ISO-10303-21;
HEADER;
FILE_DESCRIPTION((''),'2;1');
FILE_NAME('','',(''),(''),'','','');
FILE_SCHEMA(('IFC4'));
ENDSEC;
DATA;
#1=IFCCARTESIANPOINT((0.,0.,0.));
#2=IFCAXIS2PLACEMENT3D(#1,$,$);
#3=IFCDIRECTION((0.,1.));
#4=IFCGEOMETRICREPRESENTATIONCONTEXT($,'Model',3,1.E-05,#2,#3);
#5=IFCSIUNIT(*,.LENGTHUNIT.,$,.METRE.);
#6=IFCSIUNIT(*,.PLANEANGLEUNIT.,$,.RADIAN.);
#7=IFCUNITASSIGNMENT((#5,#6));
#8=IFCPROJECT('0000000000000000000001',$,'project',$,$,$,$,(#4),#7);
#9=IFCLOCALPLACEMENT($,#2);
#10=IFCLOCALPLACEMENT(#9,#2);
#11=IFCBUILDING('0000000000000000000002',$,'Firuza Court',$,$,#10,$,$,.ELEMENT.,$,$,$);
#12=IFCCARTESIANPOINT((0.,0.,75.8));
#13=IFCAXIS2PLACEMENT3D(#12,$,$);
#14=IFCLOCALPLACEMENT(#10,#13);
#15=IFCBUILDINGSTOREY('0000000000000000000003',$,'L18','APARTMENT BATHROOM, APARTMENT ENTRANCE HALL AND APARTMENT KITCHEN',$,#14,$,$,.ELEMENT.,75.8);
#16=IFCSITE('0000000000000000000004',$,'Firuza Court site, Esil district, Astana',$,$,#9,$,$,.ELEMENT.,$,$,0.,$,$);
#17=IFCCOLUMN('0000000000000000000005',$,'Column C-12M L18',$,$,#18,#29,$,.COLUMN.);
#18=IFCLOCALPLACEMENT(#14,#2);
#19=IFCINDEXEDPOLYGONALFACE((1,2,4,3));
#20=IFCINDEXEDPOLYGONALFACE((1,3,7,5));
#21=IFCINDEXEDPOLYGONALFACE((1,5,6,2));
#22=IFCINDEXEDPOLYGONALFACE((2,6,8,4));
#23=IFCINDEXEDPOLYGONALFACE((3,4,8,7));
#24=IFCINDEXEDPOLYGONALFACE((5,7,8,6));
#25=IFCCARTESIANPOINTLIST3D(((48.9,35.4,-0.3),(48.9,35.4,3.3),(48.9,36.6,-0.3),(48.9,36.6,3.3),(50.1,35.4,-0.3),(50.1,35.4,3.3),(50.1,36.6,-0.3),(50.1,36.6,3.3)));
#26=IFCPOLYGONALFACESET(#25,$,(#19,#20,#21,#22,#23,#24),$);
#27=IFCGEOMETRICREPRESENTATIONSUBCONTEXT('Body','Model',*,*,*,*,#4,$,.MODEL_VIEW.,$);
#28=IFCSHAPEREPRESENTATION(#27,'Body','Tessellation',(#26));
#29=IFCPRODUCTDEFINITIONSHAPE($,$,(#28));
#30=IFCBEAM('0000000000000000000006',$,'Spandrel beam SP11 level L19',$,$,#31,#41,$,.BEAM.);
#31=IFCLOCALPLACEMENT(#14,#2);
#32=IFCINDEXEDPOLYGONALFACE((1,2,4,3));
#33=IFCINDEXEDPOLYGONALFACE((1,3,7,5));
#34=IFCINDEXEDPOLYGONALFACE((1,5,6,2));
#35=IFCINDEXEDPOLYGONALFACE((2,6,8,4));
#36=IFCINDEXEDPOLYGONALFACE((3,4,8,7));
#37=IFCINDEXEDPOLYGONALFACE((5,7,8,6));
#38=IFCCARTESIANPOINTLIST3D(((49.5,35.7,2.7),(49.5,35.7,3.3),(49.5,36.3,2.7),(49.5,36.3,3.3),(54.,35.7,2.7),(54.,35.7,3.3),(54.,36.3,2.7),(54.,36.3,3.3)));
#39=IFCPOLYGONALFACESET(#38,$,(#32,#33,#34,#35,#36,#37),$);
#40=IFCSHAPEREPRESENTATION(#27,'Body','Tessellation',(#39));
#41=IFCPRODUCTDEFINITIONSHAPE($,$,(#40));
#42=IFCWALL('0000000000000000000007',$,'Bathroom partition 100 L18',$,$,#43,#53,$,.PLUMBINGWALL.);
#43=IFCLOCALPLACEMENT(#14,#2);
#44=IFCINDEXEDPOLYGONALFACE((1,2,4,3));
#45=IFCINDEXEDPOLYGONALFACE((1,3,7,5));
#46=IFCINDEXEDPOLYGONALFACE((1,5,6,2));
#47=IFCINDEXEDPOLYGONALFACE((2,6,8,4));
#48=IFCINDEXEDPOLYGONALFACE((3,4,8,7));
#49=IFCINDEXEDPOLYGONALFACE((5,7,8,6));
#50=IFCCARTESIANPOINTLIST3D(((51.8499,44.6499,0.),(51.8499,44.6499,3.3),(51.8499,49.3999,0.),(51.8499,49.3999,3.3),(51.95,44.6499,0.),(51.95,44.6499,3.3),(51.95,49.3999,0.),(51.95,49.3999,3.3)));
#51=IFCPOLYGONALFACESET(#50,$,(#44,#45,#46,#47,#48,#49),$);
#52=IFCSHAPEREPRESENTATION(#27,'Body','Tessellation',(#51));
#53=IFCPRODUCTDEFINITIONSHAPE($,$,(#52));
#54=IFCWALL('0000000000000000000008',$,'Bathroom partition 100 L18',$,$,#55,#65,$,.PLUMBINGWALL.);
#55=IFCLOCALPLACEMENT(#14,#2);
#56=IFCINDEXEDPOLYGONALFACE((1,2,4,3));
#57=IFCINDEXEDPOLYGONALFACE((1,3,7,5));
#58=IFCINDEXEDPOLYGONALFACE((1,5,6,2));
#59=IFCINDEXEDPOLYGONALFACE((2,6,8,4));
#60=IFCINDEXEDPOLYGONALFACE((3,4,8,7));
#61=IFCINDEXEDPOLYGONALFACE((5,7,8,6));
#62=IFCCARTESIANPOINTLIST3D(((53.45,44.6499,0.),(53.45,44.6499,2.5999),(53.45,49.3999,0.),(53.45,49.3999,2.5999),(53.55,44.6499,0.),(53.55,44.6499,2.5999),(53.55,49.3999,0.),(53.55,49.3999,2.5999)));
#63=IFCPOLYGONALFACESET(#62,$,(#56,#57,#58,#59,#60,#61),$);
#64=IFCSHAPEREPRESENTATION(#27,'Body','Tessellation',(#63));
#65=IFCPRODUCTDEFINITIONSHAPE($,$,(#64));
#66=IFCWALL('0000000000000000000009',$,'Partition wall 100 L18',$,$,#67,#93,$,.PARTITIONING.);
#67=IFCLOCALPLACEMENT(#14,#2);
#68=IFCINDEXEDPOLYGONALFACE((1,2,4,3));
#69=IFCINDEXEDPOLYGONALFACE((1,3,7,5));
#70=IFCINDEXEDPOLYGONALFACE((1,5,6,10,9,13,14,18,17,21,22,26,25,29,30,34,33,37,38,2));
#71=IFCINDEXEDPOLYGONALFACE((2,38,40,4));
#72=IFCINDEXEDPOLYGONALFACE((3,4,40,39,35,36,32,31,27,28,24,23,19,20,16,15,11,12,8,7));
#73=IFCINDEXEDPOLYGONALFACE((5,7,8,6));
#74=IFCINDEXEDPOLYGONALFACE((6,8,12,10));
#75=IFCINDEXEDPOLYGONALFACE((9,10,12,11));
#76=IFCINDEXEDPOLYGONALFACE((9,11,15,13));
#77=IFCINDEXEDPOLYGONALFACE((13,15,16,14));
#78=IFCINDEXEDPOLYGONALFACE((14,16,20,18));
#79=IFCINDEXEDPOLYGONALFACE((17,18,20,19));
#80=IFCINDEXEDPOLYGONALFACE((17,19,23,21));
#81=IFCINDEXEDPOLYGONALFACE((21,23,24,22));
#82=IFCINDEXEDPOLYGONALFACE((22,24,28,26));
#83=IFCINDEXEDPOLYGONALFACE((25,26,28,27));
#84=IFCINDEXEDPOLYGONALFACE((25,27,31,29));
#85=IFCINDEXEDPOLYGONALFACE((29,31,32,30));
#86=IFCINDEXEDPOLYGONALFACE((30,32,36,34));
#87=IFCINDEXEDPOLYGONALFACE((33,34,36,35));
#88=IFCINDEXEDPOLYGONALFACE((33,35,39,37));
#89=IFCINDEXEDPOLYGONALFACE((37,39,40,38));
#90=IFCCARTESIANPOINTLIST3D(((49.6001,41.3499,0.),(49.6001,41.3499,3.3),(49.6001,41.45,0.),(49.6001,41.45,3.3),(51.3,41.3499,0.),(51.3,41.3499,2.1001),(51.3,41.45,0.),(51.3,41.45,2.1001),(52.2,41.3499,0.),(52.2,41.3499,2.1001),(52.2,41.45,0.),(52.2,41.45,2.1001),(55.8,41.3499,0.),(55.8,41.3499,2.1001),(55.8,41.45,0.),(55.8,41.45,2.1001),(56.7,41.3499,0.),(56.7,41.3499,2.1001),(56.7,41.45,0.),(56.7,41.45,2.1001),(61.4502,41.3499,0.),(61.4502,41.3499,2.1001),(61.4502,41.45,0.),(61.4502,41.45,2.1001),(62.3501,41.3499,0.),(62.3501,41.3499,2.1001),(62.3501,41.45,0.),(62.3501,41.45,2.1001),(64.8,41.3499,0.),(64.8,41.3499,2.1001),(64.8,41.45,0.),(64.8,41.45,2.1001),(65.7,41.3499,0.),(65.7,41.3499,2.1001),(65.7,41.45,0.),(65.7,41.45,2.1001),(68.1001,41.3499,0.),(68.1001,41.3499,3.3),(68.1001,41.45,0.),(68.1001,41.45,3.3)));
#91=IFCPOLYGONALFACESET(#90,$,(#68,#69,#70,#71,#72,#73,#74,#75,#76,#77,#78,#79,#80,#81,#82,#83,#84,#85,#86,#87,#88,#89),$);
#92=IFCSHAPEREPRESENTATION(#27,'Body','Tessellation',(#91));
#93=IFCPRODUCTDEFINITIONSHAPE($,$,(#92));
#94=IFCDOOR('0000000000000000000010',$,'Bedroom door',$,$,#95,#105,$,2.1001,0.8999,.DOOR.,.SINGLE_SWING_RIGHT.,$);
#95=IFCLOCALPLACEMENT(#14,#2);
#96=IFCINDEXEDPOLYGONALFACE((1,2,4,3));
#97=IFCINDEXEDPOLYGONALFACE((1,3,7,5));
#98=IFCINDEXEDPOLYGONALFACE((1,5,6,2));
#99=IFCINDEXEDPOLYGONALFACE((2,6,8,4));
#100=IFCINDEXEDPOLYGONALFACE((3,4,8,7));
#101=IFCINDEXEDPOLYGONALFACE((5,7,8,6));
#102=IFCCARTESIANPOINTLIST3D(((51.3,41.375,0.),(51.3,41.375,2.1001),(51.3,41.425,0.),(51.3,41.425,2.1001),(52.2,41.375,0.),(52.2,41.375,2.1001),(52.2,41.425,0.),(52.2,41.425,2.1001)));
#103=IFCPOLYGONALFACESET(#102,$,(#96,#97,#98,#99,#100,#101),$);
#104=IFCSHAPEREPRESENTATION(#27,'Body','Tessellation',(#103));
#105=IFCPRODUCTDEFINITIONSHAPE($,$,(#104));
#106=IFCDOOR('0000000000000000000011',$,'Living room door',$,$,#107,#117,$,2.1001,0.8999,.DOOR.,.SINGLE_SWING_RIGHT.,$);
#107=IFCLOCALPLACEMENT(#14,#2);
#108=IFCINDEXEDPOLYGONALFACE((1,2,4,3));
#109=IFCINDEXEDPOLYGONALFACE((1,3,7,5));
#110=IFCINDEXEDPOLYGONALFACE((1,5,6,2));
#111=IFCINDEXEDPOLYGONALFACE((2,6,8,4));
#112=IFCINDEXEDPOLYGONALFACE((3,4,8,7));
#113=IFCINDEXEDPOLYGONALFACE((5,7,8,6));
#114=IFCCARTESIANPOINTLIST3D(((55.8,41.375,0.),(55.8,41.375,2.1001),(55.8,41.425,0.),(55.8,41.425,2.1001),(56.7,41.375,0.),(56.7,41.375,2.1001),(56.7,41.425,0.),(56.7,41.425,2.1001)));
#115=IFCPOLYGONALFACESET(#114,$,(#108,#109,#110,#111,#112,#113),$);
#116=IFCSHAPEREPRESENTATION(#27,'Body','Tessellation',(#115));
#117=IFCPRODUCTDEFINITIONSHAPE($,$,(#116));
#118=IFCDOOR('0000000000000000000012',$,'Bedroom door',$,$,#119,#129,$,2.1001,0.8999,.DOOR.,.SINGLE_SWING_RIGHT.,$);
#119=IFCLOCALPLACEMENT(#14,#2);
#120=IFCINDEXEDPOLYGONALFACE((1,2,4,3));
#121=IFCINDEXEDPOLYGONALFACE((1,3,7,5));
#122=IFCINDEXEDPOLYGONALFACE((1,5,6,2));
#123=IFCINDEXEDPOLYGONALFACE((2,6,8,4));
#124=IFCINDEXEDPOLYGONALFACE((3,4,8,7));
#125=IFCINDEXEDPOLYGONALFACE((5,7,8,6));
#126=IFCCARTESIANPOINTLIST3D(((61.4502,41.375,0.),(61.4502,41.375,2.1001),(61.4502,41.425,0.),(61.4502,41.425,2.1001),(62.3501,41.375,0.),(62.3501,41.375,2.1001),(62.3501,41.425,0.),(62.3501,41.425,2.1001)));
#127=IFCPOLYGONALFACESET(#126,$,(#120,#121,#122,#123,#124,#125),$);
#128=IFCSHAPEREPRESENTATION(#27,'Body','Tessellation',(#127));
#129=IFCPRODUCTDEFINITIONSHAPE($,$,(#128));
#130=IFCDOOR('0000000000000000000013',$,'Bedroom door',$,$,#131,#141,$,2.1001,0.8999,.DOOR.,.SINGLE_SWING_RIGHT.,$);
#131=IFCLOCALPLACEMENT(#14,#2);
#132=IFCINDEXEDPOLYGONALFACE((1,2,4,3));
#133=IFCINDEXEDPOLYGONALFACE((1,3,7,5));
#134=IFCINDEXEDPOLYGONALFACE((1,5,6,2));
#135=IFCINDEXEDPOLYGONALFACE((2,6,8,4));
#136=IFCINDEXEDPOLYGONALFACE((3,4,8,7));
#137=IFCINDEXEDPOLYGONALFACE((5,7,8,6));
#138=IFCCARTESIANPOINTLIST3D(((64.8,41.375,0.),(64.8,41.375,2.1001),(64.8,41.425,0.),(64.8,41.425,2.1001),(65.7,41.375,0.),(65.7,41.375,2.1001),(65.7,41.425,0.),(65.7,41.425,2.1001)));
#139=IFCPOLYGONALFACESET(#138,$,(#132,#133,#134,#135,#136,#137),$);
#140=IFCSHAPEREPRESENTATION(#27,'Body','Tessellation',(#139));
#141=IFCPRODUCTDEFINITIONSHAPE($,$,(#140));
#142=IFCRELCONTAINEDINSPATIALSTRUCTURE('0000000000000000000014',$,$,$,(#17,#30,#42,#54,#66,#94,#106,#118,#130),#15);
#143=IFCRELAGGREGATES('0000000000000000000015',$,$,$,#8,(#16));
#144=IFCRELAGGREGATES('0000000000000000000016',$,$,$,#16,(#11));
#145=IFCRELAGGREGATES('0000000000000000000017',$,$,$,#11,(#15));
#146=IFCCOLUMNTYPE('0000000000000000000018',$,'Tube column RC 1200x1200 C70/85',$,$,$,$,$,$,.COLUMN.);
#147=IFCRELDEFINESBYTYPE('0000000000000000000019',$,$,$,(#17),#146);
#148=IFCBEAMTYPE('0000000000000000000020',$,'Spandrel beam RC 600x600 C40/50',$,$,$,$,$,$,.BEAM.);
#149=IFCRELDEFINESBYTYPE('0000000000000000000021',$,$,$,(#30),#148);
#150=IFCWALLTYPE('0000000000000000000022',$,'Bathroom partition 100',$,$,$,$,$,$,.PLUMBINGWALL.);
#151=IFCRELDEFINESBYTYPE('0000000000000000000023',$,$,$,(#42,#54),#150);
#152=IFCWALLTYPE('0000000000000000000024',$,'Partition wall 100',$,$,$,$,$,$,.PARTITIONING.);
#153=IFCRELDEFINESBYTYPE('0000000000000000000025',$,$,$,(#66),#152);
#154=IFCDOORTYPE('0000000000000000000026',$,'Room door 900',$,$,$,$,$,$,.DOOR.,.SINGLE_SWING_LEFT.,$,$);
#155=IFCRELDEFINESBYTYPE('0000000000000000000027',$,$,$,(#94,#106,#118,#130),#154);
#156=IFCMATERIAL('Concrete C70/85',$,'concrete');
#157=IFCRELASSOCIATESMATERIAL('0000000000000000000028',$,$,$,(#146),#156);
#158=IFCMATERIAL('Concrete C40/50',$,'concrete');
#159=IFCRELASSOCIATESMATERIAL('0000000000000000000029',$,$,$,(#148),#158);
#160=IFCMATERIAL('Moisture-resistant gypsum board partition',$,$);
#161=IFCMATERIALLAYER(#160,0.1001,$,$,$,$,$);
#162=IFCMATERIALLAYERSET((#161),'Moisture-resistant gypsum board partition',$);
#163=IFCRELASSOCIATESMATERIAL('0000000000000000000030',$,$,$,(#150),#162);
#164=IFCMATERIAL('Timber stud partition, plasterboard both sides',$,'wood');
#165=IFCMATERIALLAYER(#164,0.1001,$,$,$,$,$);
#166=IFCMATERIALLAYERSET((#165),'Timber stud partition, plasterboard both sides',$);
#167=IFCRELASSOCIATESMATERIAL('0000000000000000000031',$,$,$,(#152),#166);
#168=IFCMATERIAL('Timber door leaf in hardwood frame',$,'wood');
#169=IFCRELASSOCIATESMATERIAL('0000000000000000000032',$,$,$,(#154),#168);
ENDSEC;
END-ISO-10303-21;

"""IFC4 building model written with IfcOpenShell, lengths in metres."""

from ifc_helpers import new_model, si_unit, direction, frame, frame_2d, origin, origin_2d, place, context, subcontext, project, spatial, rectangle, extrude, material, layer, layer_set, material_profile, profile_set, type_object, element, fill, save


model = new_model("IFC4")

# Units and contexts
model_context = context("Model", 3, precision=1e-05, world=origin(), true_north=direction((0.0, 1.0)))
body_context = subcontext(model_context, "Body", "Model", "MODEL_VIEW")
ifc_project = project(units=[si_unit("LENGTHUNIT", "METRE"), si_unit("PLANEANGLEUNIT", "RADIAN")], contexts=[model_context])

# Site, building, storey
site_placement = place(None, origin())
site = spatial("IfcSite", under=ifc_project, at=site_placement, Name="Firuza Court site, Esil district, Astana", CompositionType="ELEMENT", RefElevation=0.0)
building_placement = place(site_placement, origin())
building = spatial("IfcBuilding", under=site, at=building_placement, Name="Firuza Court", CompositionType="ELEMENT")
storey_placement = place(building_placement, frame((0.0, 0.0, 75.8)))
storey = spatial("IfcBuildingStorey", under=building, at=storey_placement, Name="L18", Description="APARTMENT BATHROOM, APARTMENT ENTRANCE HALL AND APARTMENT KITCHEN", CompositionType="ELEMENT", Elevation=75.8)

# Column
ifc_material_1 = material(Name="Concrete C70/85", Category="concrete")
ifc_material_profile_1 = material_profile(ifc_material_1, rectangle(XDim=1.2, YDim=1.2, at=origin_2d()), Name="RC 1200x1200")
ifc_profile_set_1 = profile_set([ifc_material_profile_1], Name="Concrete C70/85")
column_type = type_object("IfcColumnType", Name="Tube column RC 1200x1200 C70/85", PredefinedType="COLUMN", material=ifc_profile_set_1)
column_placement = place(storey_placement, frame((49.5, 36.0, -0.3), z_axis=(0.0, 0.0, 1.0), x_axis=(1.0, 0.0, 0.0)))
element("IfcColumn", 1, at=column_placement, inside=storey, type_object=column_type, Name="Column C-12M L18", PredefinedType="COLUMN", context=body_context, shape_type="SweptSolid", body=[
    extrude(rectangle(XDim=1.2, YDim=1.2, at=origin_2d()), origin(), (0.0, 0.0, 1.0), 3.6001),
])

# Beam
ifc_material_2 = material(Name="Concrete C40/50", Category="concrete")
ifc_material_profile_2 = material_profile(ifc_material_2, rectangle(XDim=0.6001, YDim=0.6001, at=origin_2d()), Name="RC 600x600")
ifc_profile_set_2 = profile_set([ifc_material_profile_2], Name="Concrete C40/50")
beam_type = type_object("IfcBeamType", Name="Spandrel beam RC 600x600 C40/50", PredefinedType="BEAM", material=ifc_profile_set_2)
beam_placement = place(storey_placement, frame((49.5, 36.0, 3.0), z_axis=(1.0, 0.0, 0.0), x_axis=(0.0, 1.0, 0.0)))
element("IfcBeam", 2, at=beam_placement, inside=storey, type_object=beam_type, Name="Spandrel beam SP11 level L19", PredefinedType="BEAM", context=body_context, shape_type="SweptSolid", body=[
    extrude(rectangle(XDim=0.6001, YDim=0.6001, at=origin_2d()), origin(), (0.0, 0.0, 1.0), 4.5),
])

# Walls
ifc_material_3 = material(Name="Moisture-resistant gypsum board partition")
ifc_layer_1 = layer(ifc_material_3, 0.1001)
ifc_layer_set_1 = layer_set([ifc_layer_1], Name="Moisture-resistant gypsum board partition")
wall_type_1 = type_object("IfcWallType", Name="Bathroom partition 100", PredefinedType="PLUMBINGWALL", material=ifc_layer_set_1)
wall_1_placement = place(storey_placement, frame((51.8999, 44.6499, 0.0), z_axis=(0.0, 0.0, 1.0), x_axis=(0.0, 1.0, 0.0)))
element("IfcWall", 3, at=wall_1_placement, inside=storey, type_object=wall_type_1, Name="Bathroom partition 100 L18", PredefinedType="PLUMBINGWALL", context=body_context, shape_type="SweptSolid", body=[
    extrude(rectangle(XDim=4.75, YDim=0.1001, at=frame_2d((2.375, 0.0))), origin(), (0.0, 0.0, 1.0), 3.3),
])
wall_2_placement = place(storey_placement, frame((53.5, 44.6499, 0.0), z_axis=(0.0, 0.0, 1.0), x_axis=(0.0, 1.0, 0.0)))
element("IfcWall", 4, at=wall_2_placement, inside=storey, type_object=wall_type_1, Name="Bathroom partition 100 L18", PredefinedType="PLUMBINGWALL", context=body_context, shape_type="SweptSolid", body=[
    extrude(rectangle(XDim=4.75, YDim=0.1001, at=frame_2d((2.375, 0.0))), origin(), (0.0, 0.0, 1.0), 2.5999),
])

# Wall, openings, doors
ifc_material_4 = material(Name="Timber stud partition, plasterboard both sides", Category="wood")
ifc_layer_2 = layer(ifc_material_4, 0.1001)
ifc_layer_set_2 = layer_set([ifc_layer_2], Name="Timber stud partition, plasterboard both sides")
wall_type_2 = type_object("IfcWallType", Name="Partition wall 100", PredefinedType="PARTITIONING", material=ifc_layer_set_2)
wall_3_placement = place(storey_placement, frame((49.6001, 41.3999, 0.0), z_axis=(0.0, 0.0, 1.0), x_axis=(1.0, 0.0, 0.0)))
wall_3 = element("IfcWall", 5, at=wall_3_placement, inside=storey, type_object=wall_type_2, Name="Partition wall 100 L18", PredefinedType="PARTITIONING", context=body_context, shape_type="SweptSolid", body=[
    extrude(rectangle(XDim=18.5, YDim=0.1001, at=frame_2d((9.25, 0.0))), origin(), (0.0, 0.0, 1.0), 3.3),
])
opening_1_placement = place(wall_3_placement, frame((1.7, 0.0, 0.0)))
opening_1 = element("IfcOpeningElement", 6, at=opening_1_placement, cuts=wall_3, PredefinedType="OPENING", context=body_context, shape_type="SweptSolid", body=[
    extrude(rectangle(XDim=0.8999, YDim=2.1001, at=frame_2d((0.45, 1.05))), frame((0.0, 0.062, 0.0), z_axis=(0.0, -1.0, 0.0), x_axis=(1.0, 0.0, 0.0)), (0.0, 0.0, 1.0), 0.124),
])
opening_2_placement = place(wall_3_placement, frame((6.2, 0.0, 0.0)))
opening_2 = element("IfcOpeningElement", 7, at=opening_2_placement, cuts=wall_3, PredefinedType="OPENING", context=body_context, shape_type="SweptSolid", body=[
    extrude(rectangle(XDim=0.8999, YDim=2.1001, at=frame_2d((0.45, 1.05))), frame((0.0, 0.062, 0.0), z_axis=(0.0, -1.0, 0.0), x_axis=(1.0, 0.0, 0.0)), (0.0, 0.0, 1.0), 0.124),
])
opening_3_placement = place(wall_3_placement, frame((11.8501, 0.0, 0.0)))
opening_3 = element("IfcOpeningElement", 8, at=opening_3_placement, cuts=wall_3, PredefinedType="OPENING", context=body_context, shape_type="SweptSolid", body=[
    extrude(rectangle(XDim=0.8999, YDim=2.1001, at=frame_2d((0.45, 1.05))), frame((0.0, 0.062, 0.0), z_axis=(0.0, -1.0, 0.0), x_axis=(1.0, 0.0, 0.0)), (0.0, 0.0, 1.0), 0.124),
])
opening_4_placement = place(wall_3_placement, frame((15.2, 0.0, 0.0)))
opening_4 = element("IfcOpeningElement", 9, at=opening_4_placement, cuts=wall_3, PredefinedType="OPENING", context=body_context, shape_type="SweptSolid", body=[
    extrude(rectangle(XDim=0.8999, YDim=2.1001, at=frame_2d((0.45, 1.05))), frame((0.0, 0.062, 0.0), z_axis=(0.0, -1.0, 0.0), x_axis=(1.0, 0.0, 0.0)), (0.0, 0.0, 1.0), 0.124),
])
ifc_material_5 = material(Name="Timber door leaf in hardwood frame", Category="wood")
door_type_1 = type_object("IfcDoorType", Name="Room door 900", OperationType="SINGLE_SWING_LEFT", PredefinedType="DOOR", material=ifc_material_5)
door_1_placement = place(opening_1_placement, frame((0.8999, 0.0, 0.0), z_axis=(0.0, 0.0, 1.0), x_axis=(-1.0, 0.0, 0.0)))
door_1 = element("IfcDoor", 10, at=door_1_placement, inside=storey, type_object=door_type_1, Name="Bedroom door", OperationType="SINGLE_SWING_RIGHT", OverallHeight=2.1001, OverallWidth=0.8999, PredefinedType="DOOR", context=body_context, shape_type="SweptSolid", body=[
    extrude(rectangle(XDim=0.8999, YDim=2.1001, at=frame_2d((0.45, 1.05))), frame((0.0, 0.0249, 0.0), z_axis=(0.0, -1.0, 0.0), x_axis=(1.0, 0.0, 0.0)), (0.0, 0.0, 1.0), 0.05),
])
fill(opening_1, door_1)
door_2_placement = place(opening_2_placement, frame((0.8999, 0.0, 0.0), z_axis=(0.0, 0.0, 1.0), x_axis=(-1.0, 0.0, 0.0)))
door_2 = element("IfcDoor", 11, at=door_2_placement, inside=storey, type_object=door_type_1, Name="Living room door", OperationType="SINGLE_SWING_RIGHT", OverallHeight=2.1001, OverallWidth=0.8999, PredefinedType="DOOR", context=body_context, shape_type="SweptSolid", body=[
    extrude(rectangle(XDim=0.8999, YDim=2.1001, at=frame_2d((0.45, 1.05))), frame((0.0, 0.0249, 0.0), z_axis=(0.0, -1.0, 0.0), x_axis=(1.0, 0.0, 0.0)), (0.0, 0.0, 1.0), 0.05),
])
fill(opening_2, door_2)
door_3_placement = place(opening_3_placement, frame((0.8999, 0.0, 0.0), z_axis=(0.0, 0.0, 1.0), x_axis=(-1.0, 0.0, 0.0)))
door_3 = element("IfcDoor", 12, at=door_3_placement, inside=storey, type_object=door_type_1, Name="Bedroom door", OperationType="SINGLE_SWING_RIGHT", OverallHeight=2.1001, OverallWidth=0.8999, PredefinedType="DOOR", context=body_context, shape_type="SweptSolid", body=[
    extrude(rectangle(XDim=0.8999, YDim=2.1001, at=frame_2d((0.45, 1.05))), frame((0.0, 0.0249, 0.0), z_axis=(0.0, -1.0, 0.0), x_axis=(1.0, 0.0, 0.0)), (0.0, 0.0, 1.0), 0.05),
])
fill(opening_3, door_3)
door_4_placement = place(opening_4_placement, frame((0.8999, 0.0, 0.0), z_axis=(0.0, 0.0, 1.0), x_axis=(-1.0, 0.0, 0.0)))
door_4 = element("IfcDoor", 13, at=door_4_placement, inside=storey, type_object=door_type_1, Name="Bedroom door", OperationType="SINGLE_SWING_RIGHT", OverallHeight=2.1001, OverallWidth=0.8999, PredefinedType="DOOR", context=body_context, shape_type="SweptSolid", body=[
    extrude(rectangle(XDim=0.8999, YDim=2.1001, at=frame_2d((0.45, 1.05))), frame((0.0, 0.0249, 0.0), z_axis=(0.0, -1.0, 0.0), x_axis=(1.0, 0.0, 0.0)), (0.0, 0.0, 1.0), 0.05),
])
fill(opening_4, door_4)

save(model, "model.ifc")
